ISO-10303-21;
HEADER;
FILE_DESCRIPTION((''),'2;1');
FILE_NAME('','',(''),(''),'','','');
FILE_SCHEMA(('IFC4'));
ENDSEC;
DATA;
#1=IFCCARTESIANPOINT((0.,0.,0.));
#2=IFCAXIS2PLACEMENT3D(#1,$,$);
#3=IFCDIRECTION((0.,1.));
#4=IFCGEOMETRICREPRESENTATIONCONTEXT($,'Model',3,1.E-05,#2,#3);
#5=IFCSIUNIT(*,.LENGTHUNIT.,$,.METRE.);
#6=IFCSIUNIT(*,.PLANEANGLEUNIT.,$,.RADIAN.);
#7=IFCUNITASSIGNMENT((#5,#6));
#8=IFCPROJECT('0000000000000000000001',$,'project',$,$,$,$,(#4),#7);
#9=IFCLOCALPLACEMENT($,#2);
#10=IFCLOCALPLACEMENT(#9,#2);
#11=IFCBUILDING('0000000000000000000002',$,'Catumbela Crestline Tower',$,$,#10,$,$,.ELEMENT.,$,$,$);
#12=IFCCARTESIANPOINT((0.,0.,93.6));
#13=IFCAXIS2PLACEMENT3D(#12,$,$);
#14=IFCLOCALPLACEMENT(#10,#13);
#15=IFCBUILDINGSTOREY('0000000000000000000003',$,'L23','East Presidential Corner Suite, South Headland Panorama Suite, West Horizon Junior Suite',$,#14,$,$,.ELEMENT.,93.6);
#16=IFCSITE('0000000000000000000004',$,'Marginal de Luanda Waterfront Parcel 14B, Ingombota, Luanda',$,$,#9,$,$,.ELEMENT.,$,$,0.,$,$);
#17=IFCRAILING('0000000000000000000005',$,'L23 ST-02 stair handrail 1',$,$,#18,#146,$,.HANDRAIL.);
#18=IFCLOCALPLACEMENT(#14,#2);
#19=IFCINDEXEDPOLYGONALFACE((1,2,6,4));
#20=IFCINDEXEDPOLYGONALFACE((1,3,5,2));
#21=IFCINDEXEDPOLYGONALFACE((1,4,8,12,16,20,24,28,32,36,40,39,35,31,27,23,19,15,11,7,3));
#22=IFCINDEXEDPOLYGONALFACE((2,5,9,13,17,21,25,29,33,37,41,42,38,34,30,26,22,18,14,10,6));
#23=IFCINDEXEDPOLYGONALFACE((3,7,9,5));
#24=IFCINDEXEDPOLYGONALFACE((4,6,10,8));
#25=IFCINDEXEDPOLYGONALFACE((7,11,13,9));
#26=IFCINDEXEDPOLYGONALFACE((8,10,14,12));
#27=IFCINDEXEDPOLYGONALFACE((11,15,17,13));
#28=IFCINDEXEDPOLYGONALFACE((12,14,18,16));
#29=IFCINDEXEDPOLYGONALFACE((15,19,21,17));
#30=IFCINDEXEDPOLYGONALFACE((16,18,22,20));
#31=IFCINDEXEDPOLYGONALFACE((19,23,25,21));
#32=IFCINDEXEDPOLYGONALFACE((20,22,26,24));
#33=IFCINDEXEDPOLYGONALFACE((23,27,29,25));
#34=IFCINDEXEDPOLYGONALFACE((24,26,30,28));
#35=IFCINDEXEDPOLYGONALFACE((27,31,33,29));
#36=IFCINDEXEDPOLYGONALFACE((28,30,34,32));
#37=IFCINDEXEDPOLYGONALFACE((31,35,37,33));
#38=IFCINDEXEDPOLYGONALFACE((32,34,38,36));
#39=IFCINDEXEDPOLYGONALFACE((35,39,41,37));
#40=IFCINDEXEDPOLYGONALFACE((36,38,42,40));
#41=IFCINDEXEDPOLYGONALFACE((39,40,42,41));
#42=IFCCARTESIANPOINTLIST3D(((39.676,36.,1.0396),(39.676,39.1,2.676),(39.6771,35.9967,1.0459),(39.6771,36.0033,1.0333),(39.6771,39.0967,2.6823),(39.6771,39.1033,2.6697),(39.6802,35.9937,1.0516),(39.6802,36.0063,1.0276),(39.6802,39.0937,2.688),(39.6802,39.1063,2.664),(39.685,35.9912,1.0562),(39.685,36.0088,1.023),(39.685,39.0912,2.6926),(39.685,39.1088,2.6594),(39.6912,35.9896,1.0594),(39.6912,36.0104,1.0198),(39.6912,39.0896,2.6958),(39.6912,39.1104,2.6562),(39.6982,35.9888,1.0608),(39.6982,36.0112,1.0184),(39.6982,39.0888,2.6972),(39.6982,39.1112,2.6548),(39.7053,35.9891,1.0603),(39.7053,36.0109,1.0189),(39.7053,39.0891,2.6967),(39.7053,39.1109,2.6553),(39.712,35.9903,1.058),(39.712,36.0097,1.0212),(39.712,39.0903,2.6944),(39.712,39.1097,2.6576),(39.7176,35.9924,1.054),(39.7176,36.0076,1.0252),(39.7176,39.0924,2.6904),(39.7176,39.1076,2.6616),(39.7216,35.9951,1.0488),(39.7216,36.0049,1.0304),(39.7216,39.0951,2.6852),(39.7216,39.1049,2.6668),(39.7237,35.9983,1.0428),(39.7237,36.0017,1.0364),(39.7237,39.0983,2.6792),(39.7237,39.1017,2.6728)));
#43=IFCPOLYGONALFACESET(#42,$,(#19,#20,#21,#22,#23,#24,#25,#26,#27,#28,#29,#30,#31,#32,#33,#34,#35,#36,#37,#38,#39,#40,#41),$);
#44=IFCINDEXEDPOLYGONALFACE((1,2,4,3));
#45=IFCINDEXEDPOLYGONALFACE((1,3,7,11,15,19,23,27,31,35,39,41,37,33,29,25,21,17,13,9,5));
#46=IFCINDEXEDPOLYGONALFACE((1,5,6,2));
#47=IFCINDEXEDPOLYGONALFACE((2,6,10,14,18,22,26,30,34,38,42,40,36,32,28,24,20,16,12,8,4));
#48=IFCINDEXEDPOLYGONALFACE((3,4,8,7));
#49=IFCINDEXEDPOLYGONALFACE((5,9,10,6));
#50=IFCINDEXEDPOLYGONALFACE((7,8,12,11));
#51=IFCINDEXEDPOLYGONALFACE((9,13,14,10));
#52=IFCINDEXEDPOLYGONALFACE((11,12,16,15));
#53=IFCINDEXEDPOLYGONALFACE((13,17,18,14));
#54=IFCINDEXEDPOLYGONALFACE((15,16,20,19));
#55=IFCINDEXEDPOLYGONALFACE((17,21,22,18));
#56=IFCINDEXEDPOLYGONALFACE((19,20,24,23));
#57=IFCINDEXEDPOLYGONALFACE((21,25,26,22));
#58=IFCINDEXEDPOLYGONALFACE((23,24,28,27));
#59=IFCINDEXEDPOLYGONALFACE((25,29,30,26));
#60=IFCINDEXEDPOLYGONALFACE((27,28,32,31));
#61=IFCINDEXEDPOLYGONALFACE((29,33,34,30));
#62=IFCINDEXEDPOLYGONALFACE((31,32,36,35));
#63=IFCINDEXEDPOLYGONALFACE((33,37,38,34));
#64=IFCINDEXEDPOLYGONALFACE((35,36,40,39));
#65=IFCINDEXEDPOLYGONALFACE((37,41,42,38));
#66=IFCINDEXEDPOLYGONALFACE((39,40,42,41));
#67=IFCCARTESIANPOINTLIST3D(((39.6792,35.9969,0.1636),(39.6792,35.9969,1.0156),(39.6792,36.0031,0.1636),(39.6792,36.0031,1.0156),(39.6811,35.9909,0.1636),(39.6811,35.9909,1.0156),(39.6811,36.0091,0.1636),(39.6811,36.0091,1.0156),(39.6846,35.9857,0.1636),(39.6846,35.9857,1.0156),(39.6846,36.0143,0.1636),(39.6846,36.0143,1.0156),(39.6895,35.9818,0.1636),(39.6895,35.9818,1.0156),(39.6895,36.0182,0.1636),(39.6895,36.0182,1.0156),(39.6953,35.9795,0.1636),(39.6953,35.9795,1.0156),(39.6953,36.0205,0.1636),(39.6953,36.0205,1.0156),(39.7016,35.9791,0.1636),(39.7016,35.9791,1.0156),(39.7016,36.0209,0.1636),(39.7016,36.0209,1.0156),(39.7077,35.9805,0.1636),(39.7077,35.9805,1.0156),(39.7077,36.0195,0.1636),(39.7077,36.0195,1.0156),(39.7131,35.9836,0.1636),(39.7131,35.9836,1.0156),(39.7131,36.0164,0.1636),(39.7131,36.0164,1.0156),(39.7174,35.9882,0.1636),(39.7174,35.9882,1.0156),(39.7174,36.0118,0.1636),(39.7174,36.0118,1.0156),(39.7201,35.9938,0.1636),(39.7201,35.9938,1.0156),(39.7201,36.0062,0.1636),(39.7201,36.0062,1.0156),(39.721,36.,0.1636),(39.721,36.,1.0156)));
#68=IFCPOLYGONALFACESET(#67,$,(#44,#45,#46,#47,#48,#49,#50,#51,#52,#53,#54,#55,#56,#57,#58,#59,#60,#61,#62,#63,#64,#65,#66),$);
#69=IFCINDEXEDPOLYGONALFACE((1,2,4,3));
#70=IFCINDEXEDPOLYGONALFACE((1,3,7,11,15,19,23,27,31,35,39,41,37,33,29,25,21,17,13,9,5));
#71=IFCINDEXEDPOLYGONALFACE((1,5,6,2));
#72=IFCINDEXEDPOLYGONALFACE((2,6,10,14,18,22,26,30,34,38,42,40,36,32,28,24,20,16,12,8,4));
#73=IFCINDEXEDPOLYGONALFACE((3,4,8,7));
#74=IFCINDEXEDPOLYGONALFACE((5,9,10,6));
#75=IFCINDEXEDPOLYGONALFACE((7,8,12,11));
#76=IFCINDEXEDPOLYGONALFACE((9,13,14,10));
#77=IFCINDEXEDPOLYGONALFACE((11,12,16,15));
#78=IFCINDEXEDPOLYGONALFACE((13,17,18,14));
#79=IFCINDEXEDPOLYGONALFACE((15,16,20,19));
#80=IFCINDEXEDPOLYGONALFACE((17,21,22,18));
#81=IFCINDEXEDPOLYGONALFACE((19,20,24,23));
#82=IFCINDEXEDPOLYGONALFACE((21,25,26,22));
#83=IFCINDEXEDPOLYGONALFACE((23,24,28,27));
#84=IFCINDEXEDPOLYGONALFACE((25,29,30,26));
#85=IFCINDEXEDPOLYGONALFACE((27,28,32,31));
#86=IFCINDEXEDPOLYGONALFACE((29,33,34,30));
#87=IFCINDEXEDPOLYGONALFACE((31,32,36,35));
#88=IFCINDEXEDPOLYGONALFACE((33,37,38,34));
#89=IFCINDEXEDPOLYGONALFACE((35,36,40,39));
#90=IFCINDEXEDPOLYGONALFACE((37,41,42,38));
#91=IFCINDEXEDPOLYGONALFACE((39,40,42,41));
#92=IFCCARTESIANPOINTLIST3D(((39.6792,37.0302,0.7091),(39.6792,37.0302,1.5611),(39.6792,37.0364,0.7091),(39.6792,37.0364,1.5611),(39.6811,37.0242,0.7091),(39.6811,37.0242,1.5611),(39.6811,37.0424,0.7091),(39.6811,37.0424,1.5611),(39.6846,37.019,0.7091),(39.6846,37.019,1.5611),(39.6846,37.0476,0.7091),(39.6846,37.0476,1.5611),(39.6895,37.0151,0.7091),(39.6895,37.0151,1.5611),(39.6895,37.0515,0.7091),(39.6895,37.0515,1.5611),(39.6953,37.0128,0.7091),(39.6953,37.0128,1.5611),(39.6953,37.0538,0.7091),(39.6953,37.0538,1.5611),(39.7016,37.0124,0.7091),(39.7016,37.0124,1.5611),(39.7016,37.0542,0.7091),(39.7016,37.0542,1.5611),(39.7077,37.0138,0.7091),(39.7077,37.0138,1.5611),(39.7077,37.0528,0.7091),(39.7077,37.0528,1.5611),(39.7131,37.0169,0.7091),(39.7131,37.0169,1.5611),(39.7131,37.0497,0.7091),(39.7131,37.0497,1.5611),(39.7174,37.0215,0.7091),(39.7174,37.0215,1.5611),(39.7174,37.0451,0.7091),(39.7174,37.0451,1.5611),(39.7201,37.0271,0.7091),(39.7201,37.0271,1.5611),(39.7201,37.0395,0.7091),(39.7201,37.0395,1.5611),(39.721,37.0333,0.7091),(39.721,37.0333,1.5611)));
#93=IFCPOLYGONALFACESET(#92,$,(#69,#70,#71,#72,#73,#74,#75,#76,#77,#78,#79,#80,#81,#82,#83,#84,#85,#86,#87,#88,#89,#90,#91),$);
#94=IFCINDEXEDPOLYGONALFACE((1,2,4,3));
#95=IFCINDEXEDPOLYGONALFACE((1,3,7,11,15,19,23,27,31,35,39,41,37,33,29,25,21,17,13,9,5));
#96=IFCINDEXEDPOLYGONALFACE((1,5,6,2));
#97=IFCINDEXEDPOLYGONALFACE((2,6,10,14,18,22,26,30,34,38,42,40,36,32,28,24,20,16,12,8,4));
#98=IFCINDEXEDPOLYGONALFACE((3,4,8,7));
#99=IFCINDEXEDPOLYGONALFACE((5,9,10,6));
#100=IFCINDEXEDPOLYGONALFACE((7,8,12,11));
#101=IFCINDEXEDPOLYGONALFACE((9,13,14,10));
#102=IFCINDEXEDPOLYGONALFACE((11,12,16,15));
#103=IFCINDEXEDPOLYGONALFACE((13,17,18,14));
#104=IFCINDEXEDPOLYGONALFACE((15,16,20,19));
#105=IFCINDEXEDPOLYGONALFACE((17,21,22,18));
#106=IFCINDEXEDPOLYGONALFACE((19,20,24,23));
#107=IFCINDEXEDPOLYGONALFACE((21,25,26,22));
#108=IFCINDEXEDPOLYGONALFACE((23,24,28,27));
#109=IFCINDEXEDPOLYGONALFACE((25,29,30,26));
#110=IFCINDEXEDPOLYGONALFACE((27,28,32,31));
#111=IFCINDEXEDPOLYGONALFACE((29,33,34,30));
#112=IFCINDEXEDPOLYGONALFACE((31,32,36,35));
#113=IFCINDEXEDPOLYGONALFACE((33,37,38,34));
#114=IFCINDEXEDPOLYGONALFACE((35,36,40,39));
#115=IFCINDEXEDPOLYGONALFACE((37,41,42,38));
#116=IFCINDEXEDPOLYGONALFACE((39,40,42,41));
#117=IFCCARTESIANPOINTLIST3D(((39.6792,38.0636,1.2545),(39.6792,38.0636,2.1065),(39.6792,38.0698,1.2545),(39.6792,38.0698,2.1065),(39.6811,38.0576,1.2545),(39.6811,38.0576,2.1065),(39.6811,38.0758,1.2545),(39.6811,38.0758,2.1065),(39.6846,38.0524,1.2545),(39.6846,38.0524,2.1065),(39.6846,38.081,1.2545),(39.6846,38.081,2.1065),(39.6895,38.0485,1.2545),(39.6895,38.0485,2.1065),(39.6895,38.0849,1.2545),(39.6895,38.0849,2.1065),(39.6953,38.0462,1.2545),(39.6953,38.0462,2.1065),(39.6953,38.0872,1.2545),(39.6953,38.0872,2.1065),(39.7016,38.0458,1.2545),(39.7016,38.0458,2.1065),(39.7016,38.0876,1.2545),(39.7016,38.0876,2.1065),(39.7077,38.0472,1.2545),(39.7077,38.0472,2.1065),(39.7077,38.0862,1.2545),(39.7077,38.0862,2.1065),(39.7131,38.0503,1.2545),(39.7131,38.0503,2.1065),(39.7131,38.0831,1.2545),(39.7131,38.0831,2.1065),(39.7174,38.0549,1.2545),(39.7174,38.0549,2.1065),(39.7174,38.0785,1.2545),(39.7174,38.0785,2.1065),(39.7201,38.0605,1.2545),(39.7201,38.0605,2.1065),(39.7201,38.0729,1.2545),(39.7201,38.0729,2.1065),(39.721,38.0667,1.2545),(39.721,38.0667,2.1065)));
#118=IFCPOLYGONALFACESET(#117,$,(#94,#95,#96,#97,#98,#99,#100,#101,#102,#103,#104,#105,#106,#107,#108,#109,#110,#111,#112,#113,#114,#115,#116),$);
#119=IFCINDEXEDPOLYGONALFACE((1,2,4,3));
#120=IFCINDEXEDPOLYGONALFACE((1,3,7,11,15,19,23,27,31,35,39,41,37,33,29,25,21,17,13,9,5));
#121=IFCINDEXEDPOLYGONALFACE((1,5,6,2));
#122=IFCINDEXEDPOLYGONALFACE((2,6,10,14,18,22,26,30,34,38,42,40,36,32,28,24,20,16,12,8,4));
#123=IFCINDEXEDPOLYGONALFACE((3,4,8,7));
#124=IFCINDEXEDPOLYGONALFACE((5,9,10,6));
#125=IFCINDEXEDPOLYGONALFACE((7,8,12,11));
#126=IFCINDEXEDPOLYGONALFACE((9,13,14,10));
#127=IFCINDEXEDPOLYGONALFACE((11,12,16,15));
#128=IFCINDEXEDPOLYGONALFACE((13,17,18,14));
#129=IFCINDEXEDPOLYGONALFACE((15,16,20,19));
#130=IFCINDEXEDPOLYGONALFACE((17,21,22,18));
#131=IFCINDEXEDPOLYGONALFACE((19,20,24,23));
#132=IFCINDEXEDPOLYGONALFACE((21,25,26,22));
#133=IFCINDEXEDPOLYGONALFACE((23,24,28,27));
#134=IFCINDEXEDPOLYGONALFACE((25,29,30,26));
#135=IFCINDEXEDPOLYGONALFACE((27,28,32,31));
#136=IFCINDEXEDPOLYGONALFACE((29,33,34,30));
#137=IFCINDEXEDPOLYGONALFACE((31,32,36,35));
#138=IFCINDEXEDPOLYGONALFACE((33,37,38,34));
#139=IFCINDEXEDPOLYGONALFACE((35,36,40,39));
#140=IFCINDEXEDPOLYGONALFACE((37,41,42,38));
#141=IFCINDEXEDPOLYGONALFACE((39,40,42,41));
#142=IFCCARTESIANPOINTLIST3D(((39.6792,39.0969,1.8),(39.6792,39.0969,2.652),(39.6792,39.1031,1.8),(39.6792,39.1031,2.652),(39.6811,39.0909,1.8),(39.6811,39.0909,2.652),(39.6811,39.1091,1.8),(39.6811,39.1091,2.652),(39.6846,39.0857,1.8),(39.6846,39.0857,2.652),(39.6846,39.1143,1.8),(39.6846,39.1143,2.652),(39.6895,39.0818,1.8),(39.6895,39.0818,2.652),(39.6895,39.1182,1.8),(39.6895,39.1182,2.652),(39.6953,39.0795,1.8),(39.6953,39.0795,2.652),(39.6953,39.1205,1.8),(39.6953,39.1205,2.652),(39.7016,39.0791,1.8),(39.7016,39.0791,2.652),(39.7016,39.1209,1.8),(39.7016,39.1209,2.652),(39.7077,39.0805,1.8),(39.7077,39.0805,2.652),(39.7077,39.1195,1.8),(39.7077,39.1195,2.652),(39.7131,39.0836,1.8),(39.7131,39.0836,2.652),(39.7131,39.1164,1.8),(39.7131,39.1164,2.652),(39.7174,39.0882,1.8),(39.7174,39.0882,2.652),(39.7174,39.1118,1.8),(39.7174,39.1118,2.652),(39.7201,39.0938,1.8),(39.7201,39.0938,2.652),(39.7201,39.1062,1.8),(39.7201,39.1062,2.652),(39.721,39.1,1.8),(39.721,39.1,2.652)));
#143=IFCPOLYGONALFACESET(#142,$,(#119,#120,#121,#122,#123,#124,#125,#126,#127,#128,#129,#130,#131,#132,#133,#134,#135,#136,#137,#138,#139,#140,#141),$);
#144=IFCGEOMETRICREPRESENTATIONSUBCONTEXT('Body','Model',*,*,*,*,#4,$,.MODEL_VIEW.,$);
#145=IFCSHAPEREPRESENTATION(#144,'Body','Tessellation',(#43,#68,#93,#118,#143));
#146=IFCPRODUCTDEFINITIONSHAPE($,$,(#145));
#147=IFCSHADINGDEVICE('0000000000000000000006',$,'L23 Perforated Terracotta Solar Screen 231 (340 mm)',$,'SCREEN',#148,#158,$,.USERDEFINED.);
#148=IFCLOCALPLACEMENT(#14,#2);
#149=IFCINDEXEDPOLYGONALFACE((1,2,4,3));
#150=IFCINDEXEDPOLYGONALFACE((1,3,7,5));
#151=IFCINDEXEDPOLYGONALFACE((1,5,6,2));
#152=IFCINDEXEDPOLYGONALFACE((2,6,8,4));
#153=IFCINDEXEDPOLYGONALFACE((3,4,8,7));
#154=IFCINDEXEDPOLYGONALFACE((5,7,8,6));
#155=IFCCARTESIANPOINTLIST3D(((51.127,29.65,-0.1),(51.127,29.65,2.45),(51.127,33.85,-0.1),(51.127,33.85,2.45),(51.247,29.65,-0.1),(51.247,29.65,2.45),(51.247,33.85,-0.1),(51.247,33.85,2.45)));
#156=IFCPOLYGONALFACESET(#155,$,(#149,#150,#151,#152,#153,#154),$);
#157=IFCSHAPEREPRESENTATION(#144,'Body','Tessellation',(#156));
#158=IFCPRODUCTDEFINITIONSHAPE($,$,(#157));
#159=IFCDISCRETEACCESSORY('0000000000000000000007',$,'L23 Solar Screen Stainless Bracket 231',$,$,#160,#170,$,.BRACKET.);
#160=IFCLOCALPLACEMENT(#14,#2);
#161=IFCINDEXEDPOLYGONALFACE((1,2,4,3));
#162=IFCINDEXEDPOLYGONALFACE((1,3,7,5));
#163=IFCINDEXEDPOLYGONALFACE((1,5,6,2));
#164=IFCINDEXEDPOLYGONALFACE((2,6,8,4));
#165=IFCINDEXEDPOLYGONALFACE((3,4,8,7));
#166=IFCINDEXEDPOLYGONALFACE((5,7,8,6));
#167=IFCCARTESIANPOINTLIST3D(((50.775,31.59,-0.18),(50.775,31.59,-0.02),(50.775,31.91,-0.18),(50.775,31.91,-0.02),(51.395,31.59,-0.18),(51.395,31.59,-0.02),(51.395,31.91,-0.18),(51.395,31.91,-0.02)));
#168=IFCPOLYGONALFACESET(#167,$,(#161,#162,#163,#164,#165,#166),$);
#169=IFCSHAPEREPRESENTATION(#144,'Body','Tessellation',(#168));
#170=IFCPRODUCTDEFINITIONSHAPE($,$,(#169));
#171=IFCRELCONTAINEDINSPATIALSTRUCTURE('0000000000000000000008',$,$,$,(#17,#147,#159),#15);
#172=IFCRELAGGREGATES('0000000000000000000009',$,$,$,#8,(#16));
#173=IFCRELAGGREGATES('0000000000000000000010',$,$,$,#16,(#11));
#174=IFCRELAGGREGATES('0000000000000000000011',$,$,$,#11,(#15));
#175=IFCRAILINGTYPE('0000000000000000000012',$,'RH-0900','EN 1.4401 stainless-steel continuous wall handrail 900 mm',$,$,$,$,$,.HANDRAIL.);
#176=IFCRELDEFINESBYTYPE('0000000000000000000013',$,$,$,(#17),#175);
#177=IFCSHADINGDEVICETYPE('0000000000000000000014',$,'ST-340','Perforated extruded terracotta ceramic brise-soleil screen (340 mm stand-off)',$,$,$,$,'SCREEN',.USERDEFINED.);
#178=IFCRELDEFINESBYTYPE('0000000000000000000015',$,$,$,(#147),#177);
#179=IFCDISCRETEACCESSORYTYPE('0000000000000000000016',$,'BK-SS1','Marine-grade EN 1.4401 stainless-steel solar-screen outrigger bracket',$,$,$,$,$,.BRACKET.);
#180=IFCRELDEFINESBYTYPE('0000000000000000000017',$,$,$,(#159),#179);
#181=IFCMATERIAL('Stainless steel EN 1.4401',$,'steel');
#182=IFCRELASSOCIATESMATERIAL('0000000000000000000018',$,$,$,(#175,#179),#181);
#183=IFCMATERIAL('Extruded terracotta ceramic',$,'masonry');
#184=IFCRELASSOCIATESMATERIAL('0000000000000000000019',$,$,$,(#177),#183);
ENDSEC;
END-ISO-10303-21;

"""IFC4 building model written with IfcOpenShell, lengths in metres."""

from ifc_helpers import new_model, si_unit, direction, frame, origin, origin_2d, place, context, subcontext, project, spatial, rectangle, circle, extrude, material, type_object, element, save


model = new_model("IFC4")

# Units and contexts
model_context = context("Model", 3, precision=1e-05, world=origin(), true_north=direction((0.0, 1.0)))
body_context = subcontext(model_context, "Body", "Model", "MODEL_VIEW")
ifc_project = project(units=[si_unit("LENGTHUNIT", "METRE"), si_unit("PLANEANGLEUNIT", "RADIAN")], contexts=[model_context])

# Site, building, storey
site_placement = place(None, origin())
site = spatial("IfcSite", under=ifc_project, at=site_placement, Name="Marginal de Luanda Waterfront Parcel 14B, Ingombota, Luanda", CompositionType="ELEMENT", RefElevation=0.0)
building_placement = place(site_placement, origin())
building = spatial("IfcBuilding", under=site, at=building_placement, Name="Catumbela Crestline Tower", CompositionType="ELEMENT")
storey_placement = place(building_placement, frame((0.0, 0.0, 93.6)))
storey = spatial("IfcBuildingStorey", under=building, at=storey_placement, Name="L23", Description="East Presidential Corner Suite, South Headland Panorama Suite, West Horizon Junior Suite", CompositionType="ELEMENT", Elevation=93.6)

# Railing
ifc_material_1 = material(Name="Stainless steel EN 1.4401", Category="steel")
railing_type = type_object("IfcRailingType", Name="RH-0900", Description="EN 1.4401 stainless-steel continuous wall handrail 900 mm", PredefinedType="HANDRAIL", material=ifc_material_1)
railing_placement = place(storey_placement, frame((39.7, 36.0, 0.1636)))
element("IfcRailing", 1, at=railing_placement, inside=storey, type_object=railing_type, Name="L23 ST-02 stair handrail 1", PredefinedType="HANDRAIL", context=body_context, shape_type="SweptSolid", body=[
    extrude(circle(Radius=0.024, at=origin_2d()), frame((0.0, 0.0, 0.876), z_axis=(0.0, 0.884351, 0.466823), x_axis=(-1.0, 0.0, 0.0)), (0.0, 0.0, 1.0), 3.5054),
    extrude(circle(Radius=0.021, at=origin_2d()), origin(), (0.0, 0.0, 1.0), 0.852),
    extrude(circle(Radius=0.021, at=origin_2d()), frame((0.0, 1.0333, 0.5455)), (0.0, 0.0, 1.0), 0.852),
    extrude(circle(Radius=0.021, at=origin_2d()), frame((0.0, 2.0667, 1.0909)), (0.0, 0.0, 1.0), 0.852),
    extrude(circle(Radius=0.021, at=origin_2d()), frame((0.0, 3.1, 1.6364)), (0.0, 0.0, 1.0), 0.852),
])

# Shading device
ifc_material_2 = material(Name="Extruded terracotta ceramic", Category="masonry")
shading_device_type = type_object("IfcShadingDeviceType", Name="ST-340", Description="Perforated extruded terracotta ceramic brise-soleil screen (340 mm stand-off)", ElementType="SCREEN", PredefinedType="USERDEFINED", material=ifc_material_2)
shading_device_placement = place(storey_placement, frame((51.187, 31.75, -0.1), z_axis=(0.0, 0.0, 1.0), x_axis=(0.0, 1.0, 0.0)))
element("IfcShadingDevice", 2, at=shading_device_placement, inside=storey, type_object=shading_device_type, Name="L23 Perforated Terracotta Solar Screen 231 (340 mm)", ObjectType="SCREEN", PredefinedType="USERDEFINED", context=body_context, shape_type="SweptSolid", body=[
    extrude(rectangle(XDim=4.2, YDim=0.12, at=origin_2d()), origin(), (0.0, 0.0, 1.0), 2.55),
])

# Discrete accessory
discrete_accessory_type = type_object("IfcDiscreteAccessoryType", Name="BK-SS1", Description="Marine-grade EN 1.4401 stainless-steel solar-screen outrigger bracket", PredefinedType="BRACKET", material=ifc_material_1)
discrete_accessory_placement = place(storey_placement, frame((51.085, 31.75, -0.18), z_axis=(0.0, 0.0, 1.0), x_axis=(0.0, 1.0, 0.0)))
element("IfcDiscreteAccessory", 3, at=discrete_accessory_placement, inside=storey, type_object=discrete_accessory_type, Name="L23 Solar Screen Stainless Bracket 231", PredefinedType="BRACKET", context=body_context, shape_type="SweptSolid", body=[
    extrude(rectangle(XDim=0.32, YDim=0.62, at=origin_2d()), origin(), (0.0, 0.0, 1.0), 0.16),
])

save(model, "model.ifc")
